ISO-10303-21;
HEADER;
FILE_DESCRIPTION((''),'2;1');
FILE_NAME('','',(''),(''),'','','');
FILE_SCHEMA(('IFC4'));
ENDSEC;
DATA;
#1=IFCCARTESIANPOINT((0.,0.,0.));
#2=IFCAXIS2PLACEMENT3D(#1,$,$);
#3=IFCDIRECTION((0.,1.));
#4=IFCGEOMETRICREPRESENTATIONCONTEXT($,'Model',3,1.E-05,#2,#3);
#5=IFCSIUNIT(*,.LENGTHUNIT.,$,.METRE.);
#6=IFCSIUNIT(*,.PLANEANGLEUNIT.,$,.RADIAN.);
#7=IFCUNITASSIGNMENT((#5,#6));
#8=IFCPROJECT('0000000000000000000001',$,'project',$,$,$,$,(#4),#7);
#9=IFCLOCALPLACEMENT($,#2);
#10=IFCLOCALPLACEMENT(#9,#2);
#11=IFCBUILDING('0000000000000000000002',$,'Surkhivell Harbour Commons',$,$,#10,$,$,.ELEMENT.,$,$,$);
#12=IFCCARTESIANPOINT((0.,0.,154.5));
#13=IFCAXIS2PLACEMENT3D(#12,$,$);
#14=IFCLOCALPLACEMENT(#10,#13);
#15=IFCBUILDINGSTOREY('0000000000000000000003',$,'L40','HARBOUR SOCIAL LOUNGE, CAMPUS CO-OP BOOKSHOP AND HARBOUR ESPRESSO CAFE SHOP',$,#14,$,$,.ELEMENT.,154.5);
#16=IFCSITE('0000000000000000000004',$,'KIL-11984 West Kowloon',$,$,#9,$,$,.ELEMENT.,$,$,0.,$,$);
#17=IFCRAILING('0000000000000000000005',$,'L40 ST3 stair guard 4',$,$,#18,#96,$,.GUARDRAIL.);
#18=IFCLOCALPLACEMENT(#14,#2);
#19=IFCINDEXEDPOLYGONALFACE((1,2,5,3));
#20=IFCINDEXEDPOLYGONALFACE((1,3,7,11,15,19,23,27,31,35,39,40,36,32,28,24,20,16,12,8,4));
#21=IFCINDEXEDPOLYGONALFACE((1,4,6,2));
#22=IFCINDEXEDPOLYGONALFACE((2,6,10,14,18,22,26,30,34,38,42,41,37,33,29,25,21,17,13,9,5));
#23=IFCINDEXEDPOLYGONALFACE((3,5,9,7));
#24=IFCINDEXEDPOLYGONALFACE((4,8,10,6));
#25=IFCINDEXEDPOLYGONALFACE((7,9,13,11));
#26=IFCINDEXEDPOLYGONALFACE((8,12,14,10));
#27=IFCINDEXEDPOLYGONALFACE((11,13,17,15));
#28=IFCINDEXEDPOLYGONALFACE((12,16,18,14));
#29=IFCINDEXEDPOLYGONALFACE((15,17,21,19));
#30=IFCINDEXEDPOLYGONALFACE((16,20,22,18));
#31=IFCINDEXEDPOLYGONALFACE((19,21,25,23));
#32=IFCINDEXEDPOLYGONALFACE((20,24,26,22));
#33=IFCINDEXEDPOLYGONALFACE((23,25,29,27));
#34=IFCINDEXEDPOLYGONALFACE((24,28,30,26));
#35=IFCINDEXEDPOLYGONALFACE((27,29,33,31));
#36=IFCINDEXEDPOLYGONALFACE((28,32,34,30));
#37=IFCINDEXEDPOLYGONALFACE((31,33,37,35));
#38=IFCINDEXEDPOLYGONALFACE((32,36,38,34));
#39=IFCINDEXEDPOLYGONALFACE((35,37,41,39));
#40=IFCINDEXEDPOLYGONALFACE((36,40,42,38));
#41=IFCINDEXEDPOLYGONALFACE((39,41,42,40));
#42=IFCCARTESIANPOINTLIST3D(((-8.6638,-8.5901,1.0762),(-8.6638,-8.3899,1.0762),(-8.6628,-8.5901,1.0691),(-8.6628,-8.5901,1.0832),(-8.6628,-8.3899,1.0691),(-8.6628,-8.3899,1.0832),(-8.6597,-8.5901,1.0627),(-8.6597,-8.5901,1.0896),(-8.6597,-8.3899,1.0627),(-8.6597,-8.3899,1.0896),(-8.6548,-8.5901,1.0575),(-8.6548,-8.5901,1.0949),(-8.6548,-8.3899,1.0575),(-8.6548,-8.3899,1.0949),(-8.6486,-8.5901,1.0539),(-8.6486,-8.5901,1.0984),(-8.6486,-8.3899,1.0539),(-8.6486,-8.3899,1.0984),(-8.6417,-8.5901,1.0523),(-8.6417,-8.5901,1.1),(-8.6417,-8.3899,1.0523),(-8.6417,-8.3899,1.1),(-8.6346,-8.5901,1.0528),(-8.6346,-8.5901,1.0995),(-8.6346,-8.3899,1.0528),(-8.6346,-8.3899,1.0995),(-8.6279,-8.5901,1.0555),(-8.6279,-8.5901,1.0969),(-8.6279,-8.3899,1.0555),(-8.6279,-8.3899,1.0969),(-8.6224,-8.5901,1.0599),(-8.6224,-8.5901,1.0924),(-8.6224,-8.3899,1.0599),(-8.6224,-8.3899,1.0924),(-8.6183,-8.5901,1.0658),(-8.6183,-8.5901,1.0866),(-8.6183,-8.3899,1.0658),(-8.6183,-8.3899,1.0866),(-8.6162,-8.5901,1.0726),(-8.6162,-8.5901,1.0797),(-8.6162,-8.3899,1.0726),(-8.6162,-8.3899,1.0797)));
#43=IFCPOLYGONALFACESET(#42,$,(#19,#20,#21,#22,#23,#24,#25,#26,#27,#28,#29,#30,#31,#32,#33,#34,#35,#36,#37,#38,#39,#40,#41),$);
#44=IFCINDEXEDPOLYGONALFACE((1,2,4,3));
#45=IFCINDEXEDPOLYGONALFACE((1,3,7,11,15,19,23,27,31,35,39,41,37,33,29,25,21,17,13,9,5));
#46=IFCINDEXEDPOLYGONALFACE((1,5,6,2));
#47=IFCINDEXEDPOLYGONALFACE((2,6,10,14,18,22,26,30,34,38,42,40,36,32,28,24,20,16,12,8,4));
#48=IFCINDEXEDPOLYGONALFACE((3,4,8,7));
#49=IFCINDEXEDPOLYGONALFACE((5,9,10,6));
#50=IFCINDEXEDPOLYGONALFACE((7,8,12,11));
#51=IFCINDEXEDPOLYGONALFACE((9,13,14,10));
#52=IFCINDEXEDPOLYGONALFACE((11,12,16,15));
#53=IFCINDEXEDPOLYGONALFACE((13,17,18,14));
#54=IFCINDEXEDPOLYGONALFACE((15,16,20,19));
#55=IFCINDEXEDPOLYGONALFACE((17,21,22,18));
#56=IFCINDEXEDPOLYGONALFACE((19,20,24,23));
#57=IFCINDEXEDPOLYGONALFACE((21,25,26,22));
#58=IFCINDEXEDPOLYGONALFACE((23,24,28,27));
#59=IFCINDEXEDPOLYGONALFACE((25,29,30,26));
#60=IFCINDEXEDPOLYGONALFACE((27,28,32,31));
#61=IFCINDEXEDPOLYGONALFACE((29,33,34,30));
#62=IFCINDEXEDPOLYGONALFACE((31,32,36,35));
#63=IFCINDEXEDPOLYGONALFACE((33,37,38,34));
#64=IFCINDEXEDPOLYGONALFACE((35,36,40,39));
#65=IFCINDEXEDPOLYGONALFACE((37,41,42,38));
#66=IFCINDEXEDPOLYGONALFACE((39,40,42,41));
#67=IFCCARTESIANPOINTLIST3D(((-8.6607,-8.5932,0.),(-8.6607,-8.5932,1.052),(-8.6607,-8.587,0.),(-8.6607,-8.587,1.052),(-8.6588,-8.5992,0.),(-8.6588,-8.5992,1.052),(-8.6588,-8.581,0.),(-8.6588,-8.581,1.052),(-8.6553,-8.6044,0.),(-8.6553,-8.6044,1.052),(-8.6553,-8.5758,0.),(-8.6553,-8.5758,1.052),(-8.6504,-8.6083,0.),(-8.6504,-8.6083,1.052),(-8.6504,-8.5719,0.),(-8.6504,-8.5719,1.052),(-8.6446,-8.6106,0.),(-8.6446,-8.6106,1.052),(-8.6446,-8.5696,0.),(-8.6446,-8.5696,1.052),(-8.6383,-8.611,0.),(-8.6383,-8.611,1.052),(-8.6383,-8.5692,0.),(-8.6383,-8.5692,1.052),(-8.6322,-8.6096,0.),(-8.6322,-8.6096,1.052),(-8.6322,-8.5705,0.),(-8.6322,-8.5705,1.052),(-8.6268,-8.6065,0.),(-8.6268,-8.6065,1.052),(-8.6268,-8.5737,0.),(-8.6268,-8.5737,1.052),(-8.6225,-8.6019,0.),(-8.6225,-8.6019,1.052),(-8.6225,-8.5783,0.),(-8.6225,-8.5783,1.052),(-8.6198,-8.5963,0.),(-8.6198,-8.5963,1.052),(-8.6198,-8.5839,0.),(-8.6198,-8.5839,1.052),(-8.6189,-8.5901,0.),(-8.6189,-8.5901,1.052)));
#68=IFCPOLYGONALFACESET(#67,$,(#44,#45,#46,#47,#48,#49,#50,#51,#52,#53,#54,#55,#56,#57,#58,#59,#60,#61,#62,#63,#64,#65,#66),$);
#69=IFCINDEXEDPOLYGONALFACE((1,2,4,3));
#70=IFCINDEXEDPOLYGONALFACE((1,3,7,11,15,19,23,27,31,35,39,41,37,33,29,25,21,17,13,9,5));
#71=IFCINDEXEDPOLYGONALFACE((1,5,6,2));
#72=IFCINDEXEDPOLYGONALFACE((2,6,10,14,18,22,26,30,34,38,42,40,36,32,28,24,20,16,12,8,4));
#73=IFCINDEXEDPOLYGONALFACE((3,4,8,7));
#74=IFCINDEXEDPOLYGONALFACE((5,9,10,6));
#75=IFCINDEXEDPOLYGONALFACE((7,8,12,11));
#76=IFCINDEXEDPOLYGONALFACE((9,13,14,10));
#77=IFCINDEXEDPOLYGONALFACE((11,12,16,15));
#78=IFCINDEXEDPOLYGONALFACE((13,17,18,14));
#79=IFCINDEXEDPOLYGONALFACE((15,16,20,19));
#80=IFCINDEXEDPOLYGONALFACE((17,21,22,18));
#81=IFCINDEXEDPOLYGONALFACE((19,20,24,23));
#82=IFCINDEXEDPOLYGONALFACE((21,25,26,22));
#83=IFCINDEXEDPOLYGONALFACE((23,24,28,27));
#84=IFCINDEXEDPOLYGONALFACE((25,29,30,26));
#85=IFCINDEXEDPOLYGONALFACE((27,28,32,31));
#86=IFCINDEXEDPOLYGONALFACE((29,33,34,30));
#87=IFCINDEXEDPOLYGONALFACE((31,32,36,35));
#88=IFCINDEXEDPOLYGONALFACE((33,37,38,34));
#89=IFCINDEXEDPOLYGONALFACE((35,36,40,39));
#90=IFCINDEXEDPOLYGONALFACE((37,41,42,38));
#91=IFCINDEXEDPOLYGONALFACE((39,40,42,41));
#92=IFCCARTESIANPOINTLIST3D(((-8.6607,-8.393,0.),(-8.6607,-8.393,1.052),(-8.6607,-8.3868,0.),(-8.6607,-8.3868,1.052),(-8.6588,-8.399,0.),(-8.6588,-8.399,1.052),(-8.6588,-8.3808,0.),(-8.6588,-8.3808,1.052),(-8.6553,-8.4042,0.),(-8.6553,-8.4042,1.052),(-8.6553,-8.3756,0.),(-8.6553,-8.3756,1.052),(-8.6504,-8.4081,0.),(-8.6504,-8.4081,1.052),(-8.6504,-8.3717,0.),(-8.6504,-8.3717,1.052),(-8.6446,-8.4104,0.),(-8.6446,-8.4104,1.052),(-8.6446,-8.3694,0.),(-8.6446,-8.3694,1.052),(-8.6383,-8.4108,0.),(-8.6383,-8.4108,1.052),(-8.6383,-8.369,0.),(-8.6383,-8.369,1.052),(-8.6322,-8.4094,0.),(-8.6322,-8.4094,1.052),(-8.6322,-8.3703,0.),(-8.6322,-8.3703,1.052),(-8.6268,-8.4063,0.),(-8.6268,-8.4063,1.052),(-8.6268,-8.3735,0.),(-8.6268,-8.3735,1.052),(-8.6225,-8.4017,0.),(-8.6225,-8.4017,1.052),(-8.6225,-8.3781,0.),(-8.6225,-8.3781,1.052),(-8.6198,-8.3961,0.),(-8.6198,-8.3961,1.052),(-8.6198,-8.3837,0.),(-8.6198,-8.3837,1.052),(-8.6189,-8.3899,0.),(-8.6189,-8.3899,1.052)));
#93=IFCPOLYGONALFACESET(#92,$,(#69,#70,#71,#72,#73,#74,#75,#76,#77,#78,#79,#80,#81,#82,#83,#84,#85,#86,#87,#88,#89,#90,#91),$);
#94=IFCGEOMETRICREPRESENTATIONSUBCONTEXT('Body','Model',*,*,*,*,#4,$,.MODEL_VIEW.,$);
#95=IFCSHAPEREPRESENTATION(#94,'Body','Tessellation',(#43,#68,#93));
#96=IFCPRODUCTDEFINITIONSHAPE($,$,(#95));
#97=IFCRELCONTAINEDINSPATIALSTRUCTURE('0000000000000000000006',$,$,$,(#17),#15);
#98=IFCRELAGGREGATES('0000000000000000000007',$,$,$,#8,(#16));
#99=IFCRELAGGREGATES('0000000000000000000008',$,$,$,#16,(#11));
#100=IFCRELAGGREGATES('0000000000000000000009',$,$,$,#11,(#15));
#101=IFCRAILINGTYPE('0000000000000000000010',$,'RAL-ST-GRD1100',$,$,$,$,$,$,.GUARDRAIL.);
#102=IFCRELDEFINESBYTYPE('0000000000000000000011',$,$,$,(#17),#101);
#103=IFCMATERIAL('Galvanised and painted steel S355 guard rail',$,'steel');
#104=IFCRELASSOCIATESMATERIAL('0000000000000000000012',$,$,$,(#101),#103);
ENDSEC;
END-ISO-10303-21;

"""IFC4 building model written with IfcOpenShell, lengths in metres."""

from ifc_helpers import new_model, si_unit, direction, frame, origin, origin_2d, place, context, subcontext, project, spatial, circle, extrude, material, type_object, element, save


model = new_model("IFC4")

# Units and contexts
model_context = context("Model", 3, precision=1e-05, world=origin(), true_north=direction((0.0, 1.0)))
body_context = subcontext(model_context, "Body", "Model", "MODEL_VIEW")
ifc_project = project(units=[si_unit("LENGTHUNIT", "METRE"), si_unit("PLANEANGLEUNIT", "RADIAN")], contexts=[model_context])

# Site, building, storey
site_placement = place(None, origin())
site = spatial("IfcSite", under=ifc_project, at=site_placement, Name="KIL-11984 West Kowloon", CompositionType="ELEMENT", RefElevation=0.0)
building_placement = place(site_placement, origin())
building = spatial("IfcBuilding", under=site, at=building_placement, Name="Surkhivell Harbour Commons", CompositionType="ELEMENT")
storey_placement = place(building_placement, frame((0.0, 0.0, 154.5)))
storey = spatial("IfcBuildingStorey", under=building, at=storey_placement, Name="L40", Description="HARBOUR SOCIAL LOUNGE, CAMPUS CO-OP BOOKSHOP AND HARBOUR ESPRESSO CAFE SHOP", CompositionType="ELEMENT", Elevation=154.5)

# Railing
ifc_material_1 = material(Name="Galvanised and painted steel S355 guard rail", Category="steel")
railing_type_1 = type_object("IfcRailingType", Name="RAL-ST-GRD1100", PredefinedType="GUARDRAIL", material=ifc_material_1)
railing_1_placement = place(storey_placement, frame((-8.6399, -8.5901, 0.0)))
element("IfcRailing", 1, at=railing_1_placement, inside=storey, type_object=railing_type_1, Name="L40 ST3 stair guard 4", PredefinedType="GUARDRAIL", context=body_context, shape_type="SweptSolid", body=[
    extrude(circle(Radius=0.0239, at=origin_2d()), frame((0.0, 0.0, 1.0762), z_axis=(0.0, 1.0, 0.0), x_axis=(-1.0, 0.0, 0.0)), (0.0, 0.0, 1.0), 0.2002),
    extrude(circle(Radius=0.021, at=origin_2d()), origin(), (0.0, 0.0, 1.0), 1.052),
    extrude(circle(Radius=0.021, at=origin_2d()), frame((0.0, 0.2002, 0.0)), (0.0, 0.0, 1.0), 1.052),
])

save(model, "model.ifc")
